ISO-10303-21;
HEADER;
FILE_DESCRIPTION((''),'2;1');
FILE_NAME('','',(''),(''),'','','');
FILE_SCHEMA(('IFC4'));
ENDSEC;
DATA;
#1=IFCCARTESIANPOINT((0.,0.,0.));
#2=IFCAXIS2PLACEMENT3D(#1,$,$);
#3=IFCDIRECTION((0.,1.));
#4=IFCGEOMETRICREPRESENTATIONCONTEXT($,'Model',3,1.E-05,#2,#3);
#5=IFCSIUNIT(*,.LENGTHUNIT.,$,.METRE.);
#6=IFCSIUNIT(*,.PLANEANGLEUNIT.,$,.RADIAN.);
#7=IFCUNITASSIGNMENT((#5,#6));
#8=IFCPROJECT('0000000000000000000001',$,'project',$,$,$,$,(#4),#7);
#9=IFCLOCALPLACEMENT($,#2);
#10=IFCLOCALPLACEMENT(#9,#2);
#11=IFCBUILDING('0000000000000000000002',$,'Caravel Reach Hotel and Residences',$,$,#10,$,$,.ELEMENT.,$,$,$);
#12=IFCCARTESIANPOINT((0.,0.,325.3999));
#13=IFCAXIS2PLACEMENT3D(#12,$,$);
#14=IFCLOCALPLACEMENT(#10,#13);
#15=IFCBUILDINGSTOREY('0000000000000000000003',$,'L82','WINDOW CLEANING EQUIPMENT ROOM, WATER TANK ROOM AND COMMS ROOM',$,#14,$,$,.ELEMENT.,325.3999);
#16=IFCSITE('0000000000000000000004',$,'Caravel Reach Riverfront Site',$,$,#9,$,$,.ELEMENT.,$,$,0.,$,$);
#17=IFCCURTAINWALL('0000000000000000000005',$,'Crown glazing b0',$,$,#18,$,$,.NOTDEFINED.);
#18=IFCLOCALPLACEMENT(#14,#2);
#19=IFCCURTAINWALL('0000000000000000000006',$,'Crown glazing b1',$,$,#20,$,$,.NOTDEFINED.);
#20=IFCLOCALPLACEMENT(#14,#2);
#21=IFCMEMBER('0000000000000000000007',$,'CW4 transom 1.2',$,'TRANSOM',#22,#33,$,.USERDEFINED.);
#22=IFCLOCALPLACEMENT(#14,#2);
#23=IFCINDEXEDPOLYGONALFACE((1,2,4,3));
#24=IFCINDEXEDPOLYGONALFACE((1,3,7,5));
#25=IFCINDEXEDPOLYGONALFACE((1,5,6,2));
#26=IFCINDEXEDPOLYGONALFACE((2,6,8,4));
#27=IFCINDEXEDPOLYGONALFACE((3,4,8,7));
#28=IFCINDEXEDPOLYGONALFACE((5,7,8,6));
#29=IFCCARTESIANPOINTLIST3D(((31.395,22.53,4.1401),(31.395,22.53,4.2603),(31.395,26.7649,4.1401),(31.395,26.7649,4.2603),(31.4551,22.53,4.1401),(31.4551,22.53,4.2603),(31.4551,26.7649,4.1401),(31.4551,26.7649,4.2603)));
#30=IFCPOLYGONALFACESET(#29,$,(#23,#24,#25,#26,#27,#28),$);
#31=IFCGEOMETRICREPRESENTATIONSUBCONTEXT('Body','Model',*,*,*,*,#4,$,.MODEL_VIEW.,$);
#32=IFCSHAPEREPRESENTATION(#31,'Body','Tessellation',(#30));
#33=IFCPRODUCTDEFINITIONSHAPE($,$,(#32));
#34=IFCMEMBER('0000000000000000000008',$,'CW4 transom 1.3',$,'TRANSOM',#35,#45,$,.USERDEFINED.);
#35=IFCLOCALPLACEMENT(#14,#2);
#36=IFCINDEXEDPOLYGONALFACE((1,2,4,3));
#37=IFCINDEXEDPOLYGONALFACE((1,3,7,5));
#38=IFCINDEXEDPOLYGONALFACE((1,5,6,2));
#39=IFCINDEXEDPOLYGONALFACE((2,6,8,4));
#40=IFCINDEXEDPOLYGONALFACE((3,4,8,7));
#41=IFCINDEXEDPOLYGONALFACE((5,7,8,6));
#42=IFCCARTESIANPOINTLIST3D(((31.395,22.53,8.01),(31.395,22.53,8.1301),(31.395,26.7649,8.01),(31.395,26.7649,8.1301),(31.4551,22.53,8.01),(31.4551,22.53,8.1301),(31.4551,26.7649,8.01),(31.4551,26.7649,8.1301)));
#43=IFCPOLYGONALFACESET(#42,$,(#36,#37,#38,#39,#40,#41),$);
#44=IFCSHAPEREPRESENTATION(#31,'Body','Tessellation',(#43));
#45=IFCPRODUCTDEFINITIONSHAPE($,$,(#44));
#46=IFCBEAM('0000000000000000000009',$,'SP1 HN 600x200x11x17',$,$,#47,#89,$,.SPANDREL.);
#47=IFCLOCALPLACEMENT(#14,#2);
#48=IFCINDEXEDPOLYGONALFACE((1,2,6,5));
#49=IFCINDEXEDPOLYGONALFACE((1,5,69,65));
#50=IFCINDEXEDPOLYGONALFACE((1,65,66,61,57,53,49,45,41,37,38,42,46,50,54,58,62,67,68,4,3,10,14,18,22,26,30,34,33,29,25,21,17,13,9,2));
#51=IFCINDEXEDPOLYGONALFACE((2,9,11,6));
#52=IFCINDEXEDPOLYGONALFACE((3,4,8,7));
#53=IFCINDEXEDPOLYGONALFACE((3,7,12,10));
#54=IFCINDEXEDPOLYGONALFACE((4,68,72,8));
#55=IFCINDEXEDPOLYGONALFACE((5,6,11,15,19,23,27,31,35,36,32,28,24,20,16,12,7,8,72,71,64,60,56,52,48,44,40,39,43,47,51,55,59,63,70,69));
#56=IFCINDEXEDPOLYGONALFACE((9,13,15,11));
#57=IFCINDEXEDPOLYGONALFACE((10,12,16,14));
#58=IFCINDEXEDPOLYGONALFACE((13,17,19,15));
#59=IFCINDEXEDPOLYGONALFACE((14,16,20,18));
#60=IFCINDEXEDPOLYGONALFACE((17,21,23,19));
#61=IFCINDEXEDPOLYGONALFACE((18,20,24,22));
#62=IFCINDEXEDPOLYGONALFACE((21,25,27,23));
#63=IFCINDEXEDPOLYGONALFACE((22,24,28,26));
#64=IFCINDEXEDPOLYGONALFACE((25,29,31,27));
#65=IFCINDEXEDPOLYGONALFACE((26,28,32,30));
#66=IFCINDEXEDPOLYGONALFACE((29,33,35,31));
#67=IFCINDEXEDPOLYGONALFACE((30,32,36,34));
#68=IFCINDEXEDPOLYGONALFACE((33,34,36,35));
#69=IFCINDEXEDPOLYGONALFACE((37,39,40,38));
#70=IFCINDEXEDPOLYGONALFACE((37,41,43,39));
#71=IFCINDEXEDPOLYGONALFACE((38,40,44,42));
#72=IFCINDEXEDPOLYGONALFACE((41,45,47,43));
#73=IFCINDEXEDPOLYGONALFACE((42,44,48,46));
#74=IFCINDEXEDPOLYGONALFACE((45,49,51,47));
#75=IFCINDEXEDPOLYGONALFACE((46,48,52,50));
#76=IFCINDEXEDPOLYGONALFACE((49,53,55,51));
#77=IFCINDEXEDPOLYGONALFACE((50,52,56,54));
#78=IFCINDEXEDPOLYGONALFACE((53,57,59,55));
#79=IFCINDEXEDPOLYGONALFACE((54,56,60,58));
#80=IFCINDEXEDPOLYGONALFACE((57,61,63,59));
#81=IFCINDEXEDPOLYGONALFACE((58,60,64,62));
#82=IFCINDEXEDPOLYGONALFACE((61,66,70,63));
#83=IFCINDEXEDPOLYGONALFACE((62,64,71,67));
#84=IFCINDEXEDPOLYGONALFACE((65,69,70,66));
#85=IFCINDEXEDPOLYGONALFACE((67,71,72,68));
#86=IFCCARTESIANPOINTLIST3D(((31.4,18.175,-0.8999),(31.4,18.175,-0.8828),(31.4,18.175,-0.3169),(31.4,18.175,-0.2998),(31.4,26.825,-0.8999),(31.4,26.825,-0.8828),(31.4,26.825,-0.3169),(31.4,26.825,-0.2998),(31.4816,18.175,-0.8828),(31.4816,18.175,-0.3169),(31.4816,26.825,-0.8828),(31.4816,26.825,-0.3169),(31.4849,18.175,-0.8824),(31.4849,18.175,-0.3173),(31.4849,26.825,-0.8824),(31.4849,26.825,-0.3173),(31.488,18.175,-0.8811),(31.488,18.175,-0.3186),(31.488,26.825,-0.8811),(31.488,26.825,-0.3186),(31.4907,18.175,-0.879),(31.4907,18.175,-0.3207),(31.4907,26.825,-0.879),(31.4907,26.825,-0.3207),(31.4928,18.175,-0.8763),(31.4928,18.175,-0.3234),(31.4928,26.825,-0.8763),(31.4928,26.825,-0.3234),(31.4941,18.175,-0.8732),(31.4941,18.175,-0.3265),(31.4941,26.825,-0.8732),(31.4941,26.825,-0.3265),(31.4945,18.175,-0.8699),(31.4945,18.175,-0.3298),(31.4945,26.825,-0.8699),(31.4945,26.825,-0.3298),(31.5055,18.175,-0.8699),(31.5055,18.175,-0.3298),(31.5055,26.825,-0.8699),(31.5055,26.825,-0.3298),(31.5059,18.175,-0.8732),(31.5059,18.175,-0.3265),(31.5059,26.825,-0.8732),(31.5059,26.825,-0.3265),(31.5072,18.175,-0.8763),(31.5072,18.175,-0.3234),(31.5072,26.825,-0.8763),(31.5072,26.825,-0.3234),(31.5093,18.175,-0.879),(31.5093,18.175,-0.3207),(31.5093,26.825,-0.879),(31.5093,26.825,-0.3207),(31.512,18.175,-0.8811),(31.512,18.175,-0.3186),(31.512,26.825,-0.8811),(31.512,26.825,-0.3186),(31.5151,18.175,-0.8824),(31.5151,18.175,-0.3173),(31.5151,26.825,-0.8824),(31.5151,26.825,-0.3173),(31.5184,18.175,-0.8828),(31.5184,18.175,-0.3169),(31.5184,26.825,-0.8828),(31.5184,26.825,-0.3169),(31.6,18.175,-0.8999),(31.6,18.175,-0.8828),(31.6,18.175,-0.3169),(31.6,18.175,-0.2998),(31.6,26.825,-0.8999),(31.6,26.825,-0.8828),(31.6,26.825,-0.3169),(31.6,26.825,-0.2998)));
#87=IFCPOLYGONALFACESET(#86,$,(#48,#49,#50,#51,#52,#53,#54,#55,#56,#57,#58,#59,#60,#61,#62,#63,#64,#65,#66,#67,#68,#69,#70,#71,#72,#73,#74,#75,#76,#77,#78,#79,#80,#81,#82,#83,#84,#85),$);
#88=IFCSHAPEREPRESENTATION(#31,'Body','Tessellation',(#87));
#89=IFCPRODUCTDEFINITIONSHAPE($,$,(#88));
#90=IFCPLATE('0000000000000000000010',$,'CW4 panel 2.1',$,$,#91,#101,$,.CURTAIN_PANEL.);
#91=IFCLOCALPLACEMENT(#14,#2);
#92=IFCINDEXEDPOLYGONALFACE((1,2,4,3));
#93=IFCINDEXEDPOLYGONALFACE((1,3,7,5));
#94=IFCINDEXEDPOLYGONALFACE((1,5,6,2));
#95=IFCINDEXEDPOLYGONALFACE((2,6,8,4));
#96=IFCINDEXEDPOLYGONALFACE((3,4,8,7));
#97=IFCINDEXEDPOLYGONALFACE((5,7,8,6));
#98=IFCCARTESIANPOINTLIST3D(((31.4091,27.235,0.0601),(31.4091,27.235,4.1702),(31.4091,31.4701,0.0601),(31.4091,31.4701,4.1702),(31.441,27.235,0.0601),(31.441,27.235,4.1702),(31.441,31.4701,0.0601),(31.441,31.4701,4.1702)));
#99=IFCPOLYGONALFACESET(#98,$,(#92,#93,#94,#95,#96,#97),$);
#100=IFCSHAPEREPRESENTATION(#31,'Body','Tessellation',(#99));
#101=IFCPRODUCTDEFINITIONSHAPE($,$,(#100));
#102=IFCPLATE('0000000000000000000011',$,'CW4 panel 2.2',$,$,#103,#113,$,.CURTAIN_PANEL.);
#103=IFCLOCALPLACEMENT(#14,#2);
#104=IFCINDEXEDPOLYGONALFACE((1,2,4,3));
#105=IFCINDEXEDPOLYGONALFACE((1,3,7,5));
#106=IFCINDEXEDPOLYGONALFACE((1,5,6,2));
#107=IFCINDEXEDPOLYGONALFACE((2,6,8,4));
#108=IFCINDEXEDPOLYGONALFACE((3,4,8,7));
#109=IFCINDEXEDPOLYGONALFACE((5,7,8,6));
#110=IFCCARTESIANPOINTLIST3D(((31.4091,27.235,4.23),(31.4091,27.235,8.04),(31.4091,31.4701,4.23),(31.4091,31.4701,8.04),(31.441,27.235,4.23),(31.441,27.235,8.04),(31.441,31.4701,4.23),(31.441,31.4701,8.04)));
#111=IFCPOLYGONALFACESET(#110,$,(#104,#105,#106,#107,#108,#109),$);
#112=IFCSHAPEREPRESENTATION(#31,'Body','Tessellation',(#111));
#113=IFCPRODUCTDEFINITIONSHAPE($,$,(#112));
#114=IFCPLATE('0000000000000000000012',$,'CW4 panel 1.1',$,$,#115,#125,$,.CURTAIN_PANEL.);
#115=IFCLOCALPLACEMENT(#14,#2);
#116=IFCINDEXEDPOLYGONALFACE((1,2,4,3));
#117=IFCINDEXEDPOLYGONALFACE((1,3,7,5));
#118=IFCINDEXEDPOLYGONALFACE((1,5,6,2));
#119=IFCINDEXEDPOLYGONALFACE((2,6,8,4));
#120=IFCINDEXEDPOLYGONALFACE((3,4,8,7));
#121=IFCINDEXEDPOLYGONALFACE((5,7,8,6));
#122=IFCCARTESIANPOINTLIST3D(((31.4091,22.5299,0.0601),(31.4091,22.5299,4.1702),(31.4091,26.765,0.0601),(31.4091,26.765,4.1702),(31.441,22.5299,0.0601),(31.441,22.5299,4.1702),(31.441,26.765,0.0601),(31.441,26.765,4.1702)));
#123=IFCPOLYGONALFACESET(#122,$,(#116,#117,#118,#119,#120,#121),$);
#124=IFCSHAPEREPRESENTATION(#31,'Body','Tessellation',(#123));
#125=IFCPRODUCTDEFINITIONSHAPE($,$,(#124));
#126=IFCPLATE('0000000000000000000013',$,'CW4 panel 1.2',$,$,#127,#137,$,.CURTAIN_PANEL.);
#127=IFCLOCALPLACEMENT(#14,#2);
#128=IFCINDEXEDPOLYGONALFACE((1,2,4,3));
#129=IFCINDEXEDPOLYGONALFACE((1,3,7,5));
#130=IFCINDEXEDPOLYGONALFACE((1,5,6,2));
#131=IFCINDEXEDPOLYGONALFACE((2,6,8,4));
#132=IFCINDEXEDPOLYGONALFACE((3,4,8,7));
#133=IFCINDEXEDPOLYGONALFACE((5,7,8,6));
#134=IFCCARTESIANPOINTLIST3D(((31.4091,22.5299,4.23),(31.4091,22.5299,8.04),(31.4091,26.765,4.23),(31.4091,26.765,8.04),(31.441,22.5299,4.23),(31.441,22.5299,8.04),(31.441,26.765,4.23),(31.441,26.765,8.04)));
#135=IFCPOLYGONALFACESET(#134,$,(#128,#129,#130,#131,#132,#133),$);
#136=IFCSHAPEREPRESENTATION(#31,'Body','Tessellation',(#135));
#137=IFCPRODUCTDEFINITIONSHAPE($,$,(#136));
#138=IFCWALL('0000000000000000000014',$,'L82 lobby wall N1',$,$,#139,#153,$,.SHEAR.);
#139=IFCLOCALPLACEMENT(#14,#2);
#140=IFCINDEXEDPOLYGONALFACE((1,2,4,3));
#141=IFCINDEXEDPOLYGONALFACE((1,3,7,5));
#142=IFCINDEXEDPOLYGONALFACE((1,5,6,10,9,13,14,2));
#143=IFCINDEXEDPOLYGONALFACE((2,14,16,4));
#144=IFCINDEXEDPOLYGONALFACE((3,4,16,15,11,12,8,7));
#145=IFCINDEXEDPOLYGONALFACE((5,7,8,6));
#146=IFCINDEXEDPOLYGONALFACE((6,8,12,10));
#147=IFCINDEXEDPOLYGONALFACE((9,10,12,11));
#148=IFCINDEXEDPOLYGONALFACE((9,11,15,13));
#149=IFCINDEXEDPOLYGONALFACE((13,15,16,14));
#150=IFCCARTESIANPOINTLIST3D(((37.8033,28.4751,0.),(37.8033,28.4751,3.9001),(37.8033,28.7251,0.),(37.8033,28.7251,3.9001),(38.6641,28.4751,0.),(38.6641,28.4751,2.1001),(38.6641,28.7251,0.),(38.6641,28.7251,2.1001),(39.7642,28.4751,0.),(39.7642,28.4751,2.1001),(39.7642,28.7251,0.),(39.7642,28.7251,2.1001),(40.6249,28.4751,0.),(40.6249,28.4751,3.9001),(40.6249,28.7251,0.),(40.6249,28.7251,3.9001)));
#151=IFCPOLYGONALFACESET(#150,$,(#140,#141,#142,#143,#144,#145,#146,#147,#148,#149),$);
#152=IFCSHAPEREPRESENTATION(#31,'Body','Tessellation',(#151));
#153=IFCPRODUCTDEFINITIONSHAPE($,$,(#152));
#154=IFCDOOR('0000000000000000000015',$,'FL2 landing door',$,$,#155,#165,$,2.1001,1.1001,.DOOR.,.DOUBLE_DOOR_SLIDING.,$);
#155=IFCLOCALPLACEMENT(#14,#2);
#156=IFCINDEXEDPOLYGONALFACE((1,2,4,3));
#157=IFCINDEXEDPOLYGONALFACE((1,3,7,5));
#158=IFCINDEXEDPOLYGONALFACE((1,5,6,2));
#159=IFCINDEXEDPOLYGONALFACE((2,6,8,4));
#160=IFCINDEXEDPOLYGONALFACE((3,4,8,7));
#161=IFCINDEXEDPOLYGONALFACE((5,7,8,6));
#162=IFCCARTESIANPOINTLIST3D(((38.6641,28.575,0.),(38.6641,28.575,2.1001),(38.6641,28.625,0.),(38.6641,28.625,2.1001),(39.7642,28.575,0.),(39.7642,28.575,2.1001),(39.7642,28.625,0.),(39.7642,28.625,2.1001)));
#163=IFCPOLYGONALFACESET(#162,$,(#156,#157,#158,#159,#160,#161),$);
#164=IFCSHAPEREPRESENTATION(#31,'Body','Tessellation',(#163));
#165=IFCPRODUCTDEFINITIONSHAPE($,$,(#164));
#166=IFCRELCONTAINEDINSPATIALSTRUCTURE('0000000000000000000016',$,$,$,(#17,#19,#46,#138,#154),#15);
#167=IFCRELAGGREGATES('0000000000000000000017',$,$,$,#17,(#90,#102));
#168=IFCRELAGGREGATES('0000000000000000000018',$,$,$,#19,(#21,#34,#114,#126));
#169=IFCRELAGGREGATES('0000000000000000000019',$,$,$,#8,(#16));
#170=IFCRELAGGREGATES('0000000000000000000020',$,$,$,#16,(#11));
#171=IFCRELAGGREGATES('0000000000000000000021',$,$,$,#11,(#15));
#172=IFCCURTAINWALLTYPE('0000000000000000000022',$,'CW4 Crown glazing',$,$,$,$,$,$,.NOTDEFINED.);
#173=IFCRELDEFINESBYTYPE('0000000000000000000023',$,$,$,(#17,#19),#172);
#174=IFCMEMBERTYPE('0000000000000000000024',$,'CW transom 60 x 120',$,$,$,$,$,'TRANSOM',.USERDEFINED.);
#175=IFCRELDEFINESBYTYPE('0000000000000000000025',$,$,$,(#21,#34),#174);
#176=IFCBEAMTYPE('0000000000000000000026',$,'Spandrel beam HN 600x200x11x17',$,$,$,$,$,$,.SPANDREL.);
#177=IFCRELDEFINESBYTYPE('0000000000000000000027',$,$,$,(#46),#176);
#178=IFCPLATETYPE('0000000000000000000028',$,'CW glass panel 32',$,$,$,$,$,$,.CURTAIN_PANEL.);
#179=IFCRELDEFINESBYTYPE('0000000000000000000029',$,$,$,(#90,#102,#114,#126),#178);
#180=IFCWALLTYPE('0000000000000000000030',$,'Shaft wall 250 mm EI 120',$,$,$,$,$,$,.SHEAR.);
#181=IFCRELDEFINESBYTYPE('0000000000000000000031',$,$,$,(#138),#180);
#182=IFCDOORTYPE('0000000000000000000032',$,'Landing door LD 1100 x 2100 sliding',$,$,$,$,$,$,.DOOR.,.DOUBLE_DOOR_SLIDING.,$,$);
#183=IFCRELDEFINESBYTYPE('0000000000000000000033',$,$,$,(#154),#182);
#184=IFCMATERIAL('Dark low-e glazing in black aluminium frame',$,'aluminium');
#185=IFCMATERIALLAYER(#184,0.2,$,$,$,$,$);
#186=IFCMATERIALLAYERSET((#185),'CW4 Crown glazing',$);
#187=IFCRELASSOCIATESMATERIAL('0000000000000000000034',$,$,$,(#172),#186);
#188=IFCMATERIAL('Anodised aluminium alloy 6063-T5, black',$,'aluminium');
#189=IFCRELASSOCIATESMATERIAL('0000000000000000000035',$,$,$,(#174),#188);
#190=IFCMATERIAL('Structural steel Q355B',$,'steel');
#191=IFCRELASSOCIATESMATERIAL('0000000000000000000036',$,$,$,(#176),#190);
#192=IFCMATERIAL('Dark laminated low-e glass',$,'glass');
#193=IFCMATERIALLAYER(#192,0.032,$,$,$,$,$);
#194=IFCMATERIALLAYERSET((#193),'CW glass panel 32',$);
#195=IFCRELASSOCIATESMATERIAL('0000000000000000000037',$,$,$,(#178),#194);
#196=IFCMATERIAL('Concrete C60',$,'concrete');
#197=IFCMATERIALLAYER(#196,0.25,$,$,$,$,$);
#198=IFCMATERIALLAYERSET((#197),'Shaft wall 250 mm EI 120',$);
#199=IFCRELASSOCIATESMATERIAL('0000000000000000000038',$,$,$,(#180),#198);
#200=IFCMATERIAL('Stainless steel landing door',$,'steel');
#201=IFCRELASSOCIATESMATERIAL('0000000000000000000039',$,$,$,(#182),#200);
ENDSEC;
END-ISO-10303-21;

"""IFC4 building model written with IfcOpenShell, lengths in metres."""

from ifc_helpers import new_model, si_unit, direction, frame, frame_2d, origin, origin_2d, place, context, subcontext, project, spatial, rectangle, i_section, extrude, material, layer, layer_set, material_profile, profile_set, type_object, element, fill, aggregate, save


model = new_model("IFC4")

# Units and contexts
model_context = context("Model", 3, precision=1e-05, world=origin(), true_north=direction((0.0, 1.0)))
body_context = subcontext(model_context, "Body", "Model", "MODEL_VIEW")
ifc_project = project(units=[si_unit("LENGTHUNIT", "METRE"), si_unit("PLANEANGLEUNIT", "RADIAN")], contexts=[model_context])

# Site, building, storey
site_placement = place(None, origin())
site = spatial("IfcSite", under=ifc_project, at=site_placement, Name="Caravel Reach Riverfront Site", CompositionType="ELEMENT", RefElevation=0.0)
building_placement = place(site_placement, origin())
building = spatial("IfcBuilding", under=site, at=building_placement, Name="Caravel Reach Hotel and Residences", CompositionType="ELEMENT")
storey_placement = place(building_placement, frame((0.0, 0.0, 325.3999)))
storey = spatial("IfcBuildingStorey", under=building, at=storey_placement, Name="L82", Description="WINDOW CLEANING EQUIPMENT ROOM, WATER TANK ROOM AND COMMS ROOM", CompositionType="ELEMENT", Elevation=325.3999)

# Curtain wall
ifc_material_1 = material(Name="Dark low-e glazing in black aluminium frame", Category="aluminium")
ifc_layer_1 = layer(ifc_material_1, 0.2)
ifc_layer_set_1 = layer_set([ifc_layer_1], Name="CW4 Crown glazing")
curtain_wall_type = type_object("IfcCurtainWallType", Name="CW4 Crown glazing", PredefinedType="NOTDEFINED", material=ifc_layer_set_1)
curtain_wall_1_placement = place(storey_placement, origin())
curtain_wall_1 = element("IfcCurtainWall", 1, at=curtain_wall_1_placement, inside=storey, type_object=curtain_wall_type, Name="Crown glazing b0", PredefinedType="NOTDEFINED")

# Curtain wall
curtain_wall_2_placement = place(storey_placement, origin())
curtain_wall_2 = element("IfcCurtainWall", 2, at=curtain_wall_2_placement, inside=storey, type_object=curtain_wall_type, Name="Crown glazing b1", PredefinedType="NOTDEFINED")

# Members
ifc_material_2 = material(Name="Anodised aluminium alloy 6063-T5, black", Category="aluminium")
ifc_material_profile_1 = material_profile(ifc_material_2, rectangle(XDim=0.0601, YDim=0.1201, at=origin_2d()), Name="CW transom 60 x 120")
ifc_profile_set_1 = profile_set([ifc_material_profile_1], Name="Anodised aluminium alloy 6063-T5, black")
member_type_1 = type_object("IfcMemberType", Name="CW transom 60 x 120", ElementType="TRANSOM", PredefinedType="USERDEFINED", material=ifc_profile_set_1)
member_1_placement = place(storey_placement, frame((31.425, 26.7649, 4.2002), z_axis=(0.0, -1.0, 0.0), x_axis=(1.0, 0.0, 0.0)))
member_1 = element("IfcMember", 3, at=member_1_placement, type_object=member_type_1, Name="CW4 transom 1.2", ObjectType="TRANSOM", PredefinedType="USERDEFINED", context=body_context, shape_type="SweptSolid", body=[
    extrude(rectangle(XDim=0.0601, YDim=0.1201, at=origin_2d()), origin(), (0.0, 0.0, 1.0), 4.2349),
])
member_2_placement = place(storey_placement, frame((31.425, 26.7649, 8.0701), z_axis=(0.0, -1.0, 0.0), x_axis=(1.0, 0.0, 0.0)))
member_2 = element("IfcMember", 4, at=member_2_placement, type_object=member_type_1, Name="CW4 transom 1.3", ObjectType="TRANSOM", PredefinedType="USERDEFINED", context=body_context, shape_type="SweptSolid", body=[
    extrude(rectangle(XDim=0.0601, YDim=0.1201, at=origin_2d()), origin(), (0.0, 0.0, 1.0), 4.2349),
])

# Beam
ifc_material_3 = material(Name="Structural steel Q355B", Category="steel")
ifc_material_profile_2 = material_profile(ifc_material_3, i_section(OverallWidth=0.2, OverallDepth=0.6001, WebThickness=0.011, FlangeThickness=0.0171, FilletRadius=0.0129, at=origin_2d()), Name="HN 600x200x11x17")
ifc_profile_set_2 = profile_set([ifc_material_profile_2], Name="Structural steel Q355B")
beam_type_1 = type_object("IfcBeamType", Name="Spandrel beam HN 600x200x11x17", PredefinedType="SPANDREL", material=ifc_profile_set_2)
beam_1_placement = place(storey_placement, frame((31.5, 26.825, -0.5999), z_axis=(0.0, -1.0, 0.0), x_axis=(1.0, 0.0, 0.0)))
element("IfcBeam", 5, at=beam_1_placement, inside=storey, type_object=beam_type_1, Name="SP1 HN 600x200x11x17", PredefinedType="SPANDREL", context=body_context, shape_type="SweptSolid", body=[
    extrude(i_section(OverallWidth=0.2, OverallDepth=0.6001, WebThickness=0.011, FlangeThickness=0.0171, FilletRadius=0.0129, at=origin_2d()), origin(), (0.0, 0.0, 1.0), 8.6499),
])

# Plates
ifc_material_4 = material(Name="Dark laminated low-e glass", Category="glass")
ifc_layer_2 = layer(ifc_material_4, 0.032)
ifc_layer_set_2 = layer_set([ifc_layer_2], Name="CW glass panel 32")
plate_type = type_object("IfcPlateType", Name="CW glass panel 32", PredefinedType="CURTAIN_PANEL", material=ifc_layer_set_2)
plate_1_placement = place(storey_placement, frame((31.425, 29.3525, 0.0601), z_axis=(0.0, 0.0, 1.0), x_axis=(0.0, -1.0, 0.0)))
plate_1 = element("IfcPlate", 6, at=plate_1_placement, type_object=plate_type, Name="CW4 panel 2.1", PredefinedType="CURTAIN_PANEL", context=body_context, shape_type="SweptSolid", body=[
    extrude(rectangle(XDim=4.2351, YDim=0.032, at=origin_2d()), origin(), (0.0, 0.0, 1.0), 4.1101),
])
plate_2_placement = place(storey_placement, frame((31.425, 29.3525, 4.23), z_axis=(0.0, 0.0, 1.0), x_axis=(0.0, -1.0, 0.0)))
plate_2 = element("IfcPlate", 7, at=plate_2_placement, type_object=plate_type, Name="CW4 panel 2.2", PredefinedType="CURTAIN_PANEL", context=body_context, shape_type="SweptSolid", body=[
    extrude(rectangle(XDim=4.2351, YDim=0.032, at=origin_2d()), origin(), (0.0, 0.0, 1.0), 3.8101),
])
aggregate(curtain_wall_1, [plate_1, plate_2])
plate_3_placement = place(storey_placement, frame((31.425, 24.6475, 0.0601), z_axis=(0.0, 0.0, 1.0), x_axis=(0.0, -1.0, 0.0)))
plate_3 = element("IfcPlate", 8, at=plate_3_placement, type_object=plate_type, Name="CW4 panel 1.1", PredefinedType="CURTAIN_PANEL", context=body_context, shape_type="SweptSolid", body=[
    extrude(rectangle(XDim=4.2351, YDim=0.032, at=origin_2d()), origin(), (0.0, 0.0, 1.0), 4.1101),
])
plate_4_placement = place(storey_placement, frame((31.425, 24.6475, 4.23), z_axis=(0.0, 0.0, 1.0), x_axis=(0.0, -1.0, 0.0)))
plate_4 = element("IfcPlate", 9, at=plate_4_placement, type_object=plate_type, Name="CW4 panel 1.2", PredefinedType="CURTAIN_PANEL", context=body_context, shape_type="SweptSolid", body=[
    extrude(rectangle(XDim=4.2351, YDim=0.032, at=origin_2d()), origin(), (0.0, 0.0, 1.0), 3.8101),
])
aggregate(curtain_wall_2, [member_1, member_2, plate_3, plate_4])

# Wall, opening, door
ifc_material_5 = material(Name="Concrete C60", Category="concrete")
ifc_layer_3 = layer(ifc_material_5, 0.25)
ifc_layer_set_3 = layer_set([ifc_layer_3], Name="Shaft wall 250 mm EI 120")
wall_type_1 = type_object("IfcWallType", Name="Shaft wall 250 mm EI 120", PredefinedType="SHEAR", material=ifc_layer_set_3)
wall_1_placement = place(storey_placement, frame((37.8035, 28.6001, 0.0), z_axis=(0.0, 0.0, 1.0), x_axis=(1.0, 0.0, 0.0)))
wall_1 = element("IfcWall", 10, at=wall_1_placement, inside=storey, type_object=wall_type_1, Name="L82 lobby wall N1", PredefinedType="SHEAR", context=body_context, shape_type="SweptSolid", body=[
    extrude(rectangle(XDim=2.8215, YDim=0.25, at=frame_2d((1.4106, 0.0))), origin(), (0.0, 0.0, 1.0), 3.9001),
])
opening_1_placement = place(wall_1_placement, frame((0.8606, 0.0, 0.0)))
opening_1 = element("IfcOpeningElement", 11, at=opening_1_placement, cuts=wall_1, PredefinedType="OPENING", context=body_context, shape_type="SweptSolid", body=[
    extrude(rectangle(XDim=1.1001, YDim=2.1001, at=frame_2d((0.55, 1.05))), frame((0.0, 0.135, 0.0), z_axis=(0.0, -1.0, 0.0), x_axis=(1.0, 0.0, 0.0)), (0.0, 0.0, 1.0), 0.27),
])
ifc_material_6 = material(Name="Stainless steel landing door", Category="steel")
door_type_1 = type_object("IfcDoorType", Name="Landing door LD 1100 x 2100 sliding", OperationType="DOUBLE_DOOR_SLIDING", PredefinedType="DOOR", material=ifc_material_6)
door_1_placement = place(opening_1_placement, origin())
door_1 = element("IfcDoor", 12, at=door_1_placement, inside=storey, type_object=door_type_1, Name="FL2 landing door", OperationType="DOUBLE_DOOR_SLIDING", OverallHeight=2.1001, OverallWidth=1.1001, PredefinedType="DOOR", context=body_context, shape_type="SweptSolid", body=[
    extrude(rectangle(XDim=1.1001, YDim=2.1001, at=frame_2d((0.55, 1.05))), frame((0.0, 0.0249, 0.0), z_axis=(0.0, -1.0, 0.0), x_axis=(1.0, 0.0, 0.0)), (0.0, 0.0, 1.0), 0.05),
])
fill(opening_1, door_1)

save(model, "model.ifc")
